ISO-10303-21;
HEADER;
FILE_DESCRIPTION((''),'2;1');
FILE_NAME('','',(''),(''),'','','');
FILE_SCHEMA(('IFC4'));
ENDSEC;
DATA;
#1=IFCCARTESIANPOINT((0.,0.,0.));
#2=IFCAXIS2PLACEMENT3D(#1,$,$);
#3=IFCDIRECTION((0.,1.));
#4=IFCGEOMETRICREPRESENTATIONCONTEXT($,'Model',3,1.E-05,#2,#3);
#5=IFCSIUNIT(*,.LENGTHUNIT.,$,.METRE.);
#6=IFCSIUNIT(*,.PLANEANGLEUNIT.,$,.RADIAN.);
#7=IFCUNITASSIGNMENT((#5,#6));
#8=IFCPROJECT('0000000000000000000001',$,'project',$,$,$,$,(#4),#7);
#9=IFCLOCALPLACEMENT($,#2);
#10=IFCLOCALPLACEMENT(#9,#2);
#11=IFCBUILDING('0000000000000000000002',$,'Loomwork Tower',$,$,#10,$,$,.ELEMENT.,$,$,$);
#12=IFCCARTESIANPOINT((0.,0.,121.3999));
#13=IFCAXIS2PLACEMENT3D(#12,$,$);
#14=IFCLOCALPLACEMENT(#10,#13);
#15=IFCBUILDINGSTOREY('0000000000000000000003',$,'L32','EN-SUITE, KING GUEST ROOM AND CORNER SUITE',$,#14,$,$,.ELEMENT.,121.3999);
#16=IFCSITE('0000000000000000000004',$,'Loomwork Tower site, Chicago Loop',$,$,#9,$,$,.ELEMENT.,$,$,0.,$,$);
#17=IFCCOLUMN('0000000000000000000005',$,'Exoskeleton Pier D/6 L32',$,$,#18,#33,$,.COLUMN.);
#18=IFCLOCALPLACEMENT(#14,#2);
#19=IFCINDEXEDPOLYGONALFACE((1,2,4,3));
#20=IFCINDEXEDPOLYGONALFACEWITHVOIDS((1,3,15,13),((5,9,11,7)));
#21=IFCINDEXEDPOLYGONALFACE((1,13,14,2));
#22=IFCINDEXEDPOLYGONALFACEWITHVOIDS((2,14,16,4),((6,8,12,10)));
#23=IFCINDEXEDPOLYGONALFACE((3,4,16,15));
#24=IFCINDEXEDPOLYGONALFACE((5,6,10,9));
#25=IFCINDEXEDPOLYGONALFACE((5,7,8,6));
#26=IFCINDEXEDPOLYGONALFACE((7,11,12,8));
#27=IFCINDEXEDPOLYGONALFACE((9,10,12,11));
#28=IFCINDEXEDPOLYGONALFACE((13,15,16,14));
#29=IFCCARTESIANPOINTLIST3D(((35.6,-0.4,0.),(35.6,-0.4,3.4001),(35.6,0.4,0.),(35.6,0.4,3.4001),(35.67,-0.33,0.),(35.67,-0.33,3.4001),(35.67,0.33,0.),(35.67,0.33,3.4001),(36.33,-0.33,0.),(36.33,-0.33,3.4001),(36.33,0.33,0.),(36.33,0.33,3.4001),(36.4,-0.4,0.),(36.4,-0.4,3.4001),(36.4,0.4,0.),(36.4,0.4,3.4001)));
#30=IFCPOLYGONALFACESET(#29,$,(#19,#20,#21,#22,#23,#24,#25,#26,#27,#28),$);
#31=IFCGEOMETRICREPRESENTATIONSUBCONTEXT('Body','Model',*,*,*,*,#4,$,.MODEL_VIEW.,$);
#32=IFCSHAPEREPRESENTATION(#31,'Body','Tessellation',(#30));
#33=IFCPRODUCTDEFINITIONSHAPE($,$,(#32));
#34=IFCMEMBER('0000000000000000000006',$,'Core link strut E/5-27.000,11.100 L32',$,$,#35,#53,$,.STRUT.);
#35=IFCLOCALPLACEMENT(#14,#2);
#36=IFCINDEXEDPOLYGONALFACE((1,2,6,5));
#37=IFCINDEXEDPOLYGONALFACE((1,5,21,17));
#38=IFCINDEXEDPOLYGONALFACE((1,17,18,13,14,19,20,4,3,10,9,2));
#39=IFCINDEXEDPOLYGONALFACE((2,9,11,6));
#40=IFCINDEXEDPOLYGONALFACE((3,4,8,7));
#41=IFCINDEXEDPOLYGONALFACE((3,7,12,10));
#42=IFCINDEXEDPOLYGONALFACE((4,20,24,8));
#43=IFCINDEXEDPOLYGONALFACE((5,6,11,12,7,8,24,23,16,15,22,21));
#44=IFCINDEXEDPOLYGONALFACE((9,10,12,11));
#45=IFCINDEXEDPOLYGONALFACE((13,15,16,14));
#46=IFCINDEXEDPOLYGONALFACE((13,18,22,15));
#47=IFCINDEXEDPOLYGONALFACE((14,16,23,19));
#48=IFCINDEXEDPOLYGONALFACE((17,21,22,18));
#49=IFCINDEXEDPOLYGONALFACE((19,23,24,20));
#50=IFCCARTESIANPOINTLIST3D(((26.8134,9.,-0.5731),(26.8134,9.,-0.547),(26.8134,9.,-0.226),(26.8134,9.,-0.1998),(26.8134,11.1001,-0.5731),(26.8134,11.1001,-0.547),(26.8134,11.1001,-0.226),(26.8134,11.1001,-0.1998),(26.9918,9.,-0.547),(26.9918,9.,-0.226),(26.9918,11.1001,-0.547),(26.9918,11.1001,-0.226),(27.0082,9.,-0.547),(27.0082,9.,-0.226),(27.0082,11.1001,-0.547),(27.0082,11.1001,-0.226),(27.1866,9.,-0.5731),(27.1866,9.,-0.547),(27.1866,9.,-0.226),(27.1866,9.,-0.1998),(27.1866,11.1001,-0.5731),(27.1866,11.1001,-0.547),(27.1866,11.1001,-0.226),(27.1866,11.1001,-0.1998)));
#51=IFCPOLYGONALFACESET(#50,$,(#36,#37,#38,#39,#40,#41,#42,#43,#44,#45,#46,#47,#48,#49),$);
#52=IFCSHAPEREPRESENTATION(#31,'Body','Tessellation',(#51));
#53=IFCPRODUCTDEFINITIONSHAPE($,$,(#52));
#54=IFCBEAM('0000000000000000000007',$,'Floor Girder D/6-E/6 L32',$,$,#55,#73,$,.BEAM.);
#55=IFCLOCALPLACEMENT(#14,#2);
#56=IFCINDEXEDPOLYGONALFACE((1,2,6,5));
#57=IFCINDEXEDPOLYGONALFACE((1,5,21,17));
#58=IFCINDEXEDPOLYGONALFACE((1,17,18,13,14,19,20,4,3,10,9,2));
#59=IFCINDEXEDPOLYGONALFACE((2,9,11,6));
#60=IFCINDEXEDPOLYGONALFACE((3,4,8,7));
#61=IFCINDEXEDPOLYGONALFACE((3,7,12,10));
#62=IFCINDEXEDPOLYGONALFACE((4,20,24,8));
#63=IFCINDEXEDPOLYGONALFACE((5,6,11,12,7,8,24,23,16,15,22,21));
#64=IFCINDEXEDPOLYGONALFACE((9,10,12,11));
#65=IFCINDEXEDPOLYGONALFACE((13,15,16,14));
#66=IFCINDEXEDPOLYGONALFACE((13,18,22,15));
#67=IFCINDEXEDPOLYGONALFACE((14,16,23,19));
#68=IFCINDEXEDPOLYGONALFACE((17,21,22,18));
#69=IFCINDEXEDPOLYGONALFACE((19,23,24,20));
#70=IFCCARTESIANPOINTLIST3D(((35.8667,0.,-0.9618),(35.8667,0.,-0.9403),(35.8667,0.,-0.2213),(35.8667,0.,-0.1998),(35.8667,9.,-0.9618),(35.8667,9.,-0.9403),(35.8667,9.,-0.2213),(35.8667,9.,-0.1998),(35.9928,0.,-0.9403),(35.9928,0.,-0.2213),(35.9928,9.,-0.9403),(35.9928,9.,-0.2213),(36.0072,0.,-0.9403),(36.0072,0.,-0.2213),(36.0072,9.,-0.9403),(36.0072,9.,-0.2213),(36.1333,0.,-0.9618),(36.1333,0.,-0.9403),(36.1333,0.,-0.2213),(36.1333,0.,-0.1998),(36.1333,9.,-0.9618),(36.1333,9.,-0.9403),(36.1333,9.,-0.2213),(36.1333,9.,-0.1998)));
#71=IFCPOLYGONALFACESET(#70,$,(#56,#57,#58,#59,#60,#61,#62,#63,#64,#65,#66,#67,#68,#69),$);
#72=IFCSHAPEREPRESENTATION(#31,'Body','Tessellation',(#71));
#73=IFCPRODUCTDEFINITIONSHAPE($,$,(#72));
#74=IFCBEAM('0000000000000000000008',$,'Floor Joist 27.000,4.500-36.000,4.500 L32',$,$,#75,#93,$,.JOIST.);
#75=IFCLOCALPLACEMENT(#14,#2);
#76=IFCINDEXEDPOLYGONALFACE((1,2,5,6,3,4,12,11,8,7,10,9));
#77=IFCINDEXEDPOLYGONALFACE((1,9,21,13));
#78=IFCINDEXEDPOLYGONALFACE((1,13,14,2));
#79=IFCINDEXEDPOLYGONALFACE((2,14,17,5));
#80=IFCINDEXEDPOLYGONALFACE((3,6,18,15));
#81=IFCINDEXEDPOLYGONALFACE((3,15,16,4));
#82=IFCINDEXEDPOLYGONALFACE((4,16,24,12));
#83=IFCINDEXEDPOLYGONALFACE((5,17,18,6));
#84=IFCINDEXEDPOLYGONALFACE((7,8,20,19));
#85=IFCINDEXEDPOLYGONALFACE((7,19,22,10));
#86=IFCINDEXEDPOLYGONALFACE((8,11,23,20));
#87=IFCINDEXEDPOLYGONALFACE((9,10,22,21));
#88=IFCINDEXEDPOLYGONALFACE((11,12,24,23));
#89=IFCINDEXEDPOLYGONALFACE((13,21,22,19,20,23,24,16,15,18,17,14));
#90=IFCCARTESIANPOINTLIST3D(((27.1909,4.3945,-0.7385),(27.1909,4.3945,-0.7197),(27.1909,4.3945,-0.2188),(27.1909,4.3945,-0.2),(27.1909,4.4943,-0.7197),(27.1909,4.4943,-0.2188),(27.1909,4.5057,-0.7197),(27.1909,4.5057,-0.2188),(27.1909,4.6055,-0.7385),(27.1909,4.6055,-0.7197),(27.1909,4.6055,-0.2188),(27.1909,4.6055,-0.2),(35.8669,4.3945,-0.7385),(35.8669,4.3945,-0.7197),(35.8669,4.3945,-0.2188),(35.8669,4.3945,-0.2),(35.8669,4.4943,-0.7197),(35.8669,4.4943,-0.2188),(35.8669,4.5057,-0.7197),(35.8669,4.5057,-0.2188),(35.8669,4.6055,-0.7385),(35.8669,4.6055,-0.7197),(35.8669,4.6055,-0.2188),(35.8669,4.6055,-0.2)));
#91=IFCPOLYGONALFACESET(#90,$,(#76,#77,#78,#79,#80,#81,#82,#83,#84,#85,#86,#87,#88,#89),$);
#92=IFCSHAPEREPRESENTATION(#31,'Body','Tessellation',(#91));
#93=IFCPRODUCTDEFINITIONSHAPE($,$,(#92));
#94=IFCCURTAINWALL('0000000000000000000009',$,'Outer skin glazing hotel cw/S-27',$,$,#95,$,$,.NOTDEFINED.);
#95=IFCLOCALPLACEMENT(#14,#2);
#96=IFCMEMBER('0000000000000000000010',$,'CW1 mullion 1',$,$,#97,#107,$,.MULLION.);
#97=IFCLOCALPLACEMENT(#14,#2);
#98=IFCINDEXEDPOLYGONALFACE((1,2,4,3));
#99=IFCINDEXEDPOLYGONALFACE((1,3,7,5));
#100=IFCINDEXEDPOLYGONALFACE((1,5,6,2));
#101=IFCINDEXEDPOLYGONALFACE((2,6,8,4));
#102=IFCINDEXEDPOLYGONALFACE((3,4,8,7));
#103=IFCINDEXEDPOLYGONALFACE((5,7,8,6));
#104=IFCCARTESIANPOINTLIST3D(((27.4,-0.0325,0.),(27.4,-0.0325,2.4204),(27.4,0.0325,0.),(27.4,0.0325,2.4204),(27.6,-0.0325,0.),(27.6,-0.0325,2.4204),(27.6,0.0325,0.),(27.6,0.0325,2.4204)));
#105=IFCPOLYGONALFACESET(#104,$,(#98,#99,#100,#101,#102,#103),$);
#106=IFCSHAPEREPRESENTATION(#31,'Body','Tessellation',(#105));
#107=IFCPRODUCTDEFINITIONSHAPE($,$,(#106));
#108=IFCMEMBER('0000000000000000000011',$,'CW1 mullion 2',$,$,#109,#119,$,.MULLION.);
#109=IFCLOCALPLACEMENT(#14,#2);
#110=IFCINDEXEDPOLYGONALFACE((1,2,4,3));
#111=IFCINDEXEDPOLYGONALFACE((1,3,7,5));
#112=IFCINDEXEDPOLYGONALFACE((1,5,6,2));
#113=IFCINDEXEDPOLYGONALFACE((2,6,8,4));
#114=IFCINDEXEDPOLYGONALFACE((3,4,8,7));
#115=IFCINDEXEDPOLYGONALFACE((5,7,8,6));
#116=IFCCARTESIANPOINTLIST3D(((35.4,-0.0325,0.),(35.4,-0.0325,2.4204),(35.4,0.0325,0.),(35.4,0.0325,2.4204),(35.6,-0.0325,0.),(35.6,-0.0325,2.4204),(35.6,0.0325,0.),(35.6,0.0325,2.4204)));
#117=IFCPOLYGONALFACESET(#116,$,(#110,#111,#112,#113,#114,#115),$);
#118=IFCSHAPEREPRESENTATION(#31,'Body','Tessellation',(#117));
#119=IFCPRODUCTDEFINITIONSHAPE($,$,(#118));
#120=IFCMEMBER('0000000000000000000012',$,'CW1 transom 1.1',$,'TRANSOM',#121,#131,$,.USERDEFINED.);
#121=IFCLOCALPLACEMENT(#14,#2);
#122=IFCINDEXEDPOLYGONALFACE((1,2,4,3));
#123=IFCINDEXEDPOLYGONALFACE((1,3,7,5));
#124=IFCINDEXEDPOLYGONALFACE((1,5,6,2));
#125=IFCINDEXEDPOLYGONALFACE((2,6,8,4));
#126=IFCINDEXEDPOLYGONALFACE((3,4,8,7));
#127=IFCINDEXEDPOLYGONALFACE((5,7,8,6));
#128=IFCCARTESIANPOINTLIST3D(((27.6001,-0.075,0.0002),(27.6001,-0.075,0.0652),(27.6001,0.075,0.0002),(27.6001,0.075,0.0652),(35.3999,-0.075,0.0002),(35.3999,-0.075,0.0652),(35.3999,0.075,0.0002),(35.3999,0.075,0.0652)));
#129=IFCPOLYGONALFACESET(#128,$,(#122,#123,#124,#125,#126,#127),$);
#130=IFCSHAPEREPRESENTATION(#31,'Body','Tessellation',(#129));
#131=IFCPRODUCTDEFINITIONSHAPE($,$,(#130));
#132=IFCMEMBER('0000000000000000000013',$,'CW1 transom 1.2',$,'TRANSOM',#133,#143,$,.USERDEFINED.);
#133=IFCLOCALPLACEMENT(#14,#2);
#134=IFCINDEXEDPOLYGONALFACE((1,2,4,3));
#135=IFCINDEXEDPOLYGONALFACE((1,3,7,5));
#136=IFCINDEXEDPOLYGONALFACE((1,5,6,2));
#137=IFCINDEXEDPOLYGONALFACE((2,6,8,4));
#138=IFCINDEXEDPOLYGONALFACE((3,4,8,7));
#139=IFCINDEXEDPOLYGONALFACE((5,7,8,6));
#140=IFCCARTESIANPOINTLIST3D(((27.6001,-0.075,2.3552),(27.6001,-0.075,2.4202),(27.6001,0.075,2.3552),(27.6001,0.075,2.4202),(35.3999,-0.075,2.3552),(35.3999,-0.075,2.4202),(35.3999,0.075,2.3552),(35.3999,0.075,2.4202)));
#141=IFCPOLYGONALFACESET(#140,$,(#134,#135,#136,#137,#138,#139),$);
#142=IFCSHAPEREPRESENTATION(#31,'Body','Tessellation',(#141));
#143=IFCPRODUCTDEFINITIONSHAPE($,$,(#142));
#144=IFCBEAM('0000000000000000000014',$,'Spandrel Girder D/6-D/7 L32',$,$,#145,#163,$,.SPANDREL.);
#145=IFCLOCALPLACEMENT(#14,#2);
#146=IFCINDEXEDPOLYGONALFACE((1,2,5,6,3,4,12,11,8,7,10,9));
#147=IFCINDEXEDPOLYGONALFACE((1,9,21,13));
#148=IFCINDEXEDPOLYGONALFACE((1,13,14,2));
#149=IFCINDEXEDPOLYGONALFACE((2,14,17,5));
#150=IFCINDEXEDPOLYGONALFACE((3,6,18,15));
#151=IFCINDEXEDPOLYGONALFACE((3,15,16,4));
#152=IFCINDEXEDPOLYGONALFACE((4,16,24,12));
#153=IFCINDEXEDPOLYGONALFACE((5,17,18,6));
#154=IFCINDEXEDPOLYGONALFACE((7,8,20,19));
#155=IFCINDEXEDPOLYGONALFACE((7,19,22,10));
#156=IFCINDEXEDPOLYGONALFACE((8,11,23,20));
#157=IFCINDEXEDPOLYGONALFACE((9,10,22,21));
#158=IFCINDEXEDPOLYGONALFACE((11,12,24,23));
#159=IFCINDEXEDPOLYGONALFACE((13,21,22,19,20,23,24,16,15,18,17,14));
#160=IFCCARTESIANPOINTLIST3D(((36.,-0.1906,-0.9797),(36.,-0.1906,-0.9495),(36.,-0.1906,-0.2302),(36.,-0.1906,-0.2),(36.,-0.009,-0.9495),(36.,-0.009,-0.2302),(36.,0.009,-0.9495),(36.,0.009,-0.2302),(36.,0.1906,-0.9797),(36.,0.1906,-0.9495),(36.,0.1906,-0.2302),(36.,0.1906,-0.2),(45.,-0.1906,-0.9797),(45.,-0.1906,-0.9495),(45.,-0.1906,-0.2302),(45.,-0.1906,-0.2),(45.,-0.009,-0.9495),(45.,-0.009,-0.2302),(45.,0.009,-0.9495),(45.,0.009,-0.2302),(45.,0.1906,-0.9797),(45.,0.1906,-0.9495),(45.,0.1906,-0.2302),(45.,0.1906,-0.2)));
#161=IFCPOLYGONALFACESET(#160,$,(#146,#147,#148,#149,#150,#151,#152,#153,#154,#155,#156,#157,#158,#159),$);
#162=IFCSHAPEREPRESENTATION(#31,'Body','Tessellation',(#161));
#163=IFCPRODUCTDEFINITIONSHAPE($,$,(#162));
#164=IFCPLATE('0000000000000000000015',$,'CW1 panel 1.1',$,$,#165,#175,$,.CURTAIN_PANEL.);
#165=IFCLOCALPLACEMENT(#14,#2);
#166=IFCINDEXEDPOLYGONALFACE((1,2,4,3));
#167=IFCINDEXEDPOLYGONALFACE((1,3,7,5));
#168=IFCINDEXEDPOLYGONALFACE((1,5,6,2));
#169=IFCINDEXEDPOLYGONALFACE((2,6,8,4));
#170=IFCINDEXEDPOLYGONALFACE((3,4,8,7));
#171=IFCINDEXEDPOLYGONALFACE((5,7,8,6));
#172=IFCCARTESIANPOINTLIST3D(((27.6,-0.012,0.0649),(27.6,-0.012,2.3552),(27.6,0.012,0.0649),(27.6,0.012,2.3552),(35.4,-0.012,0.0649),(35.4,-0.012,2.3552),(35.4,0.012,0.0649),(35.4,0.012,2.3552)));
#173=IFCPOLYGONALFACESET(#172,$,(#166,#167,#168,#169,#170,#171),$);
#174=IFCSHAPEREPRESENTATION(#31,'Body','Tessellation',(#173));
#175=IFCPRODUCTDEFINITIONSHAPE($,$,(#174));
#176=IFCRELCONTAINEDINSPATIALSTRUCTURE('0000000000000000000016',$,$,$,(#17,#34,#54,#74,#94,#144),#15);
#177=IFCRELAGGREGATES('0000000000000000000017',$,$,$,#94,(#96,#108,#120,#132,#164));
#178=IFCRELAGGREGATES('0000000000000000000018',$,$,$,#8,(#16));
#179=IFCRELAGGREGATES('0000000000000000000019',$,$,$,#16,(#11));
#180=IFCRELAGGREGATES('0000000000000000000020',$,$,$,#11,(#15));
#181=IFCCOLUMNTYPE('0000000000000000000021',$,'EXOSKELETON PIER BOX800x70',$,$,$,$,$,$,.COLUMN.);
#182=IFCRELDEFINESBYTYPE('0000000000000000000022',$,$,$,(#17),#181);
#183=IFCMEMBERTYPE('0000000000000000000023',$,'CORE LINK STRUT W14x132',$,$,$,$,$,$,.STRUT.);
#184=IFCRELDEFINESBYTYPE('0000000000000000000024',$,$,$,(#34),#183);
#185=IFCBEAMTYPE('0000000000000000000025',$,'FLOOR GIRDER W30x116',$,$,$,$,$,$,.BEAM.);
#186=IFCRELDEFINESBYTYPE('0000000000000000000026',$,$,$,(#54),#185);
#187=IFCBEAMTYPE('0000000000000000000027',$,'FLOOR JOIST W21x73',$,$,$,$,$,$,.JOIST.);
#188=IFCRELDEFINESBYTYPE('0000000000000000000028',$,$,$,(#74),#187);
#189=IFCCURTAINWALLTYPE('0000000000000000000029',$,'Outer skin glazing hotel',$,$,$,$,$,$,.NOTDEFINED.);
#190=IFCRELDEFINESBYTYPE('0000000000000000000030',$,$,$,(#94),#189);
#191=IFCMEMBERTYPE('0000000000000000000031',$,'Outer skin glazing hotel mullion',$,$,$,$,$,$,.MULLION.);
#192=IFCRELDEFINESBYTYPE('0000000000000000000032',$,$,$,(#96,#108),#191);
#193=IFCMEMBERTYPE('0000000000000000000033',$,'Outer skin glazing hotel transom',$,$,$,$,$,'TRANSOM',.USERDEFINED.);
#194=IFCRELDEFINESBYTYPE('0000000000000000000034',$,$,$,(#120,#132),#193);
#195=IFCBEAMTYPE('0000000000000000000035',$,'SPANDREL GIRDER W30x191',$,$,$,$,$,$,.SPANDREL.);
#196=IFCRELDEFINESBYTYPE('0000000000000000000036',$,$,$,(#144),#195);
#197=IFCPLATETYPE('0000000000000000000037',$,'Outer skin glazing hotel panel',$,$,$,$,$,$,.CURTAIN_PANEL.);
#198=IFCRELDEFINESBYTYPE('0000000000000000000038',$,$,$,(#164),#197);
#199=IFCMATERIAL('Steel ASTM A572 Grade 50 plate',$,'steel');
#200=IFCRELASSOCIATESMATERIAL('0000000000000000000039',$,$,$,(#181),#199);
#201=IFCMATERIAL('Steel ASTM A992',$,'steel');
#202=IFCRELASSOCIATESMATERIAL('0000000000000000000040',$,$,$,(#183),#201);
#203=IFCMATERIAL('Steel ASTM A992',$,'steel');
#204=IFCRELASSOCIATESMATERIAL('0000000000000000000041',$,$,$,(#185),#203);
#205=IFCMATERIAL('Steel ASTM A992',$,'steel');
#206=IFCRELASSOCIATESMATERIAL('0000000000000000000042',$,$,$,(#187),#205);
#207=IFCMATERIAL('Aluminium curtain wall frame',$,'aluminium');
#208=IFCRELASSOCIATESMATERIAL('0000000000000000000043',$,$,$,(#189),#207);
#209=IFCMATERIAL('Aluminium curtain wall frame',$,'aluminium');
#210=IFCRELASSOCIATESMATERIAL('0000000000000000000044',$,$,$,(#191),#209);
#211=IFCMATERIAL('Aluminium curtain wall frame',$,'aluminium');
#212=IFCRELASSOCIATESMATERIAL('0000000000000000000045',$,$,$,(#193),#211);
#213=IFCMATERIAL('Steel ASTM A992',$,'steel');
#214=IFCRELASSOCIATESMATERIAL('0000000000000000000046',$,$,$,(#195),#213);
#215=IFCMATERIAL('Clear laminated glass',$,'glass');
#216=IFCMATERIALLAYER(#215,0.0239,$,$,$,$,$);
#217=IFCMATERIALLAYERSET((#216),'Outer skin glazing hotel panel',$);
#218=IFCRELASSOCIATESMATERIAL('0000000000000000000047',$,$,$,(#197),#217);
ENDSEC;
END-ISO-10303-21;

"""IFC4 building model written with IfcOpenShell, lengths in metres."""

from ifc_helpers import new_model, si_unit, direction, frame, origin, origin_2d, place, context, subcontext, project, spatial, rectangle, hollow_rectangle, i_section, extrude, material, layer, layer_set, material_profile, profile_set, type_object, element, aggregate, save


model = new_model("IFC4")

# Units and contexts
model_context = context("Model", 3, precision=1e-05, world=origin(), true_north=direction((0.0, 1.0)))
body_context = subcontext(model_context, "Body", "Model", "MODEL_VIEW")
ifc_project = project(units=[si_unit("LENGTHUNIT", "METRE"), si_unit("PLANEANGLEUNIT", "RADIAN")], contexts=[model_context])

# Site, building, storey
site_placement = place(None, origin())
site = spatial("IfcSite", under=ifc_project, at=site_placement, Name="Loomwork Tower site, Chicago Loop", CompositionType="ELEMENT", RefElevation=0.0)
building_placement = place(site_placement, origin())
building = spatial("IfcBuilding", under=site, at=building_placement, Name="Loomwork Tower", CompositionType="ELEMENT")
storey_placement = place(building_placement, frame((0.0, 0.0, 121.3999)))
storey = spatial("IfcBuildingStorey", under=building, at=storey_placement, Name="L32", Description="EN-SUITE, KING GUEST ROOM AND CORNER SUITE", CompositionType="ELEMENT", Elevation=121.3999)

# Column
ifc_material_1 = material(Name="Steel ASTM A572 Grade 50 plate", Category="steel")
ifc_material_profile_1 = material_profile(ifc_material_1, hollow_rectangle(XDim=0.8, YDim=0.8, WallThickness=0.0701, at=origin_2d()), Name="BOX800x70")
ifc_profile_set_1 = profile_set([ifc_material_profile_1], Name="Steel ASTM A572 Grade 50 plate")
column_type = type_object("IfcColumnType", Name="EXOSKELETON PIER BOX800x70", PredefinedType="COLUMN", material=ifc_profile_set_1)
column_placement = place(storey_placement, frame((36.0, 0.0, 0.0), z_axis=(0.0, 0.0, 1.0), x_axis=(1.0, 0.0, 0.0)))
element("IfcColumn", 1, at=column_placement, inside=storey, type_object=column_type, Name="Exoskeleton Pier D/6 L32", PredefinedType="COLUMN", context=body_context, shape_type="SweptSolid", body=[
    extrude(hollow_rectangle(XDim=0.8, YDim=0.8, WallThickness=0.0701, at=origin_2d()), origin(), (0.0, 0.0, 1.0), 3.4001),
])

# Member
ifc_material_2 = material(Name="Steel ASTM A992", Category="steel")
ifc_material_profile_2 = material_profile(ifc_material_2, i_section(OverallWidth=0.3733, OverallDepth=0.3733, WebThickness=0.0164, FlangeThickness=0.0261, at=origin_2d()), Name="W14x132")
ifc_profile_set_2 = profile_set([ifc_material_profile_2], Name="Steel ASTM A992")
member_type_1 = type_object("IfcMemberType", Name="CORE LINK STRUT W14x132", PredefinedType="STRUT", material=ifc_profile_set_2)
member_1_placement = place(storey_placement, frame((27.0, 9.0, -0.3865), z_axis=(0.0, 1.0, 0.0), x_axis=(-1.0, 0.0, 0.0)))
element("IfcMember", 2, at=member_1_placement, inside=storey, type_object=member_type_1, Name="Core link strut E/5-27.000,11.100 L32", PredefinedType="STRUT", context=body_context, shape_type="SweptSolid", body=[
    extrude(i_section(OverallWidth=0.3733, OverallDepth=0.3733, WebThickness=0.0164, FlangeThickness=0.0261, at=origin_2d()), origin(), (0.0, 0.0, 1.0), 2.1001),
])

# Beams
ifc_material_3 = material(Name="Steel ASTM A992", Category="steel")
ifc_material_profile_3 = material_profile(ifc_material_3, i_section(OverallWidth=0.2666, OverallDepth=0.762, WebThickness=0.0144, FlangeThickness=0.0215, at=origin_2d()), Name="W30x116")
ifc_profile_set_3 = profile_set([ifc_material_profile_3], Name="Steel ASTM A992")
beam_type_1 = type_object("IfcBeamType", Name="FLOOR GIRDER W30x116", PredefinedType="BEAM", material=ifc_profile_set_3)
beam_1_placement = place(storey_placement, frame((36.0, 0.0, -0.5808), z_axis=(0.0, 1.0, 0.0), x_axis=(-1.0, 0.0, 0.0)))
element("IfcBeam", 3, at=beam_1_placement, inside=storey, type_object=beam_type_1, Name="Floor Girder D/6-E/6 L32", PredefinedType="BEAM", context=body_context, shape_type="SweptSolid", body=[
    extrude(i_section(OverallWidth=0.2666, OverallDepth=0.762, WebThickness=0.0144, FlangeThickness=0.0215, at=origin_2d()), origin(), (0.0, 0.0, 1.0), 9.0),
])
ifc_material_4 = material(Name="Steel ASTM A992", Category="steel")
ifc_material_profile_4 = material_profile(ifc_material_4, i_section(OverallWidth=0.2109, OverallDepth=0.5386, WebThickness=0.0115, FlangeThickness=0.0188, at=origin_2d()), Name="W21x73")
ifc_profile_set_4 = profile_set([ifc_material_profile_4], Name="Steel ASTM A992")
beam_type_2 = type_object("IfcBeamType", Name="FLOOR JOIST W21x73", PredefinedType="JOIST", material=ifc_profile_set_4)
beam_2_placement = place(storey_placement, frame((27.1909, 4.5, -0.4692), z_axis=(1.0, 0.0, 0.0), x_axis=(0.0, 1.0, 0.0)))
element("IfcBeam", 4, at=beam_2_placement, inside=storey, type_object=beam_type_2, Name="Floor Joist 27.000,4.500-36.000,4.500 L32", PredefinedType="JOIST", context=body_context, shape_type="SweptSolid", body=[
    extrude(i_section(OverallWidth=0.2109, OverallDepth=0.5386, WebThickness=0.0115, FlangeThickness=0.0188, at=origin_2d()), origin(), (0.0, 0.0, 1.0), 8.676),
])

# Curtain wall, members
ifc_material_5 = material(Name="Aluminium curtain wall frame", Category="aluminium")
curtain_wall_type = type_object("IfcCurtainWallType", Name="Outer skin glazing hotel", PredefinedType="NOTDEFINED", material=ifc_material_5)
curtain_wall_placement = place(storey_placement, origin())
curtain_wall = element("IfcCurtainWall", 5, at=curtain_wall_placement, inside=storey, type_object=curtain_wall_type, Name="Outer skin glazing hotel cw/S-27", PredefinedType="NOTDEFINED")
ifc_material_6 = material(Name="Aluminium curtain wall frame", Category="aluminium")
ifc_material_profile_5 = material_profile(ifc_material_6, rectangle(XDim=0.0649, YDim=0.2, at=origin_2d()), Name="AL 65x200")
ifc_profile_set_5 = profile_set([ifc_material_profile_5], Name="Aluminium curtain wall frame")
member_type_2 = type_object("IfcMemberType", Name="Outer skin glazing hotel mullion", PredefinedType="MULLION", material=ifc_profile_set_5)
member_2_placement = place(storey_placement, frame((27.5, 0.0, 0.0), z_axis=(0.0, 0.0, 1.0), x_axis=(0.0, 1.0, 0.0)))
member_2 = element("IfcMember", 6, at=member_2_placement, type_object=member_type_2, Name="CW1 mullion 1", PredefinedType="MULLION", context=body_context, shape_type="SweptSolid", body=[
    extrude(rectangle(XDim=0.0649, YDim=0.2, at=origin_2d()), origin(), (0.0, 0.0, 1.0), 2.4204),
])
member_3_placement = place(storey_placement, frame((35.5, 0.0, 0.0), z_axis=(0.0, 0.0, 1.0), x_axis=(0.0, 1.0, 0.0)))
member_3 = element("IfcMember", 7, at=member_3_placement, type_object=member_type_2, Name="CW1 mullion 2", PredefinedType="MULLION", context=body_context, shape_type="SweptSolid", body=[
    extrude(rectangle(XDim=0.0649, YDim=0.2, at=origin_2d()), origin(), (0.0, 0.0, 1.0), 2.4204),
])
ifc_material_7 = material(Name="Aluminium curtain wall frame", Category="aluminium")
ifc_material_profile_6 = material_profile(ifc_material_7, rectangle(XDim=0.1499, YDim=0.0649, at=origin_2d()), Name="AL 65x150")
ifc_profile_set_6 = profile_set([ifc_material_profile_6], Name="Aluminium curtain wall frame")
member_type_3 = type_object("IfcMemberType", Name="Outer skin glazing hotel transom", ElementType="TRANSOM", PredefinedType="USERDEFINED", material=ifc_profile_set_6)
member_4_placement = place(storey_placement, frame((27.6001, 0.0, 0.0327), z_axis=(1.0, 0.0, 0.0), x_axis=(0.0, 1.0, 0.0)))
member_4 = element("IfcMember", 8, at=member_4_placement, type_object=member_type_3, Name="CW1 transom 1.1", ObjectType="TRANSOM", PredefinedType="USERDEFINED", context=body_context, shape_type="SweptSolid", body=[
    extrude(rectangle(XDim=0.1499, YDim=0.0649, at=origin_2d()), origin(), (0.0, 0.0, 1.0), 7.7998),
])
member_5_placement = place(storey_placement, frame((27.6001, 0.0, 2.3877), z_axis=(1.0, 0.0, 0.0), x_axis=(0.0, 1.0, 0.0)))
member_5 = element("IfcMember", 9, at=member_5_placement, type_object=member_type_3, Name="CW1 transom 1.2", ObjectType="TRANSOM", PredefinedType="USERDEFINED", context=body_context, shape_type="SweptSolid", body=[
    extrude(rectangle(XDim=0.1499, YDim=0.0649, at=origin_2d()), origin(), (0.0, 0.0, 1.0), 7.7998),
])

# Beam
ifc_material_8 = material(Name="Steel ASTM A992", Category="steel")
ifc_material_profile_7 = material_profile(ifc_material_8, i_section(OverallWidth=0.3811, OverallDepth=0.7798, WebThickness=0.0181, FlangeThickness=0.0303, at=origin_2d()), Name="W30x191")
ifc_profile_set_7 = profile_set([ifc_material_profile_7], Name="Steel ASTM A992")
beam_type_3 = type_object("IfcBeamType", Name="SPANDREL GIRDER W30x191", PredefinedType="SPANDREL", material=ifc_profile_set_7)
beam_3_placement = place(storey_placement, frame((36.0, 0.0, -0.5898), z_axis=(1.0, 0.0, 0.0), x_axis=(0.0, 1.0, 0.0)))
element("IfcBeam", 10, at=beam_3_placement, inside=storey, type_object=beam_type_3, Name="Spandrel Girder D/6-D/7 L32", PredefinedType="SPANDREL", context=body_context, shape_type="SweptSolid", body=[
    extrude(i_section(OverallWidth=0.3811, OverallDepth=0.7798, WebThickness=0.0181, FlangeThickness=0.0303, at=origin_2d()), origin(), (0.0, 0.0, 1.0), 9.0),
])

# Plate
ifc_material_9 = material(Name="Clear laminated glass", Category="glass")
ifc_layer_1 = layer(ifc_material_9, 0.0239)
ifc_layer_set_1 = layer_set([ifc_layer_1], Name="Outer skin glazing hotel panel")
plate_type = type_object("IfcPlateType", Name="Outer skin glazing hotel panel", PredefinedType="CURTAIN_PANEL", material=ifc_layer_set_1)
plate_placement = place(storey_placement, frame((31.5, 0.0, 0.0649), z_axis=(0.0, 0.0, 1.0), x_axis=(1.0, 0.0, 0.0)))
plate = element("IfcPlate", 11, at=plate_placement, type_object=plate_type, Name="CW1 panel 1.1", PredefinedType="CURTAIN_PANEL", context=body_context, shape_type="SweptSolid", body=[
    extrude(rectangle(XDim=7.8, YDim=0.0239, at=origin_2d()), origin(), (0.0, 0.0, 1.0), 2.2903),
])
aggregate(curtain_wall, [member_2, member_3, member_4, member_5, plate])

save(model, "model.ifc")
